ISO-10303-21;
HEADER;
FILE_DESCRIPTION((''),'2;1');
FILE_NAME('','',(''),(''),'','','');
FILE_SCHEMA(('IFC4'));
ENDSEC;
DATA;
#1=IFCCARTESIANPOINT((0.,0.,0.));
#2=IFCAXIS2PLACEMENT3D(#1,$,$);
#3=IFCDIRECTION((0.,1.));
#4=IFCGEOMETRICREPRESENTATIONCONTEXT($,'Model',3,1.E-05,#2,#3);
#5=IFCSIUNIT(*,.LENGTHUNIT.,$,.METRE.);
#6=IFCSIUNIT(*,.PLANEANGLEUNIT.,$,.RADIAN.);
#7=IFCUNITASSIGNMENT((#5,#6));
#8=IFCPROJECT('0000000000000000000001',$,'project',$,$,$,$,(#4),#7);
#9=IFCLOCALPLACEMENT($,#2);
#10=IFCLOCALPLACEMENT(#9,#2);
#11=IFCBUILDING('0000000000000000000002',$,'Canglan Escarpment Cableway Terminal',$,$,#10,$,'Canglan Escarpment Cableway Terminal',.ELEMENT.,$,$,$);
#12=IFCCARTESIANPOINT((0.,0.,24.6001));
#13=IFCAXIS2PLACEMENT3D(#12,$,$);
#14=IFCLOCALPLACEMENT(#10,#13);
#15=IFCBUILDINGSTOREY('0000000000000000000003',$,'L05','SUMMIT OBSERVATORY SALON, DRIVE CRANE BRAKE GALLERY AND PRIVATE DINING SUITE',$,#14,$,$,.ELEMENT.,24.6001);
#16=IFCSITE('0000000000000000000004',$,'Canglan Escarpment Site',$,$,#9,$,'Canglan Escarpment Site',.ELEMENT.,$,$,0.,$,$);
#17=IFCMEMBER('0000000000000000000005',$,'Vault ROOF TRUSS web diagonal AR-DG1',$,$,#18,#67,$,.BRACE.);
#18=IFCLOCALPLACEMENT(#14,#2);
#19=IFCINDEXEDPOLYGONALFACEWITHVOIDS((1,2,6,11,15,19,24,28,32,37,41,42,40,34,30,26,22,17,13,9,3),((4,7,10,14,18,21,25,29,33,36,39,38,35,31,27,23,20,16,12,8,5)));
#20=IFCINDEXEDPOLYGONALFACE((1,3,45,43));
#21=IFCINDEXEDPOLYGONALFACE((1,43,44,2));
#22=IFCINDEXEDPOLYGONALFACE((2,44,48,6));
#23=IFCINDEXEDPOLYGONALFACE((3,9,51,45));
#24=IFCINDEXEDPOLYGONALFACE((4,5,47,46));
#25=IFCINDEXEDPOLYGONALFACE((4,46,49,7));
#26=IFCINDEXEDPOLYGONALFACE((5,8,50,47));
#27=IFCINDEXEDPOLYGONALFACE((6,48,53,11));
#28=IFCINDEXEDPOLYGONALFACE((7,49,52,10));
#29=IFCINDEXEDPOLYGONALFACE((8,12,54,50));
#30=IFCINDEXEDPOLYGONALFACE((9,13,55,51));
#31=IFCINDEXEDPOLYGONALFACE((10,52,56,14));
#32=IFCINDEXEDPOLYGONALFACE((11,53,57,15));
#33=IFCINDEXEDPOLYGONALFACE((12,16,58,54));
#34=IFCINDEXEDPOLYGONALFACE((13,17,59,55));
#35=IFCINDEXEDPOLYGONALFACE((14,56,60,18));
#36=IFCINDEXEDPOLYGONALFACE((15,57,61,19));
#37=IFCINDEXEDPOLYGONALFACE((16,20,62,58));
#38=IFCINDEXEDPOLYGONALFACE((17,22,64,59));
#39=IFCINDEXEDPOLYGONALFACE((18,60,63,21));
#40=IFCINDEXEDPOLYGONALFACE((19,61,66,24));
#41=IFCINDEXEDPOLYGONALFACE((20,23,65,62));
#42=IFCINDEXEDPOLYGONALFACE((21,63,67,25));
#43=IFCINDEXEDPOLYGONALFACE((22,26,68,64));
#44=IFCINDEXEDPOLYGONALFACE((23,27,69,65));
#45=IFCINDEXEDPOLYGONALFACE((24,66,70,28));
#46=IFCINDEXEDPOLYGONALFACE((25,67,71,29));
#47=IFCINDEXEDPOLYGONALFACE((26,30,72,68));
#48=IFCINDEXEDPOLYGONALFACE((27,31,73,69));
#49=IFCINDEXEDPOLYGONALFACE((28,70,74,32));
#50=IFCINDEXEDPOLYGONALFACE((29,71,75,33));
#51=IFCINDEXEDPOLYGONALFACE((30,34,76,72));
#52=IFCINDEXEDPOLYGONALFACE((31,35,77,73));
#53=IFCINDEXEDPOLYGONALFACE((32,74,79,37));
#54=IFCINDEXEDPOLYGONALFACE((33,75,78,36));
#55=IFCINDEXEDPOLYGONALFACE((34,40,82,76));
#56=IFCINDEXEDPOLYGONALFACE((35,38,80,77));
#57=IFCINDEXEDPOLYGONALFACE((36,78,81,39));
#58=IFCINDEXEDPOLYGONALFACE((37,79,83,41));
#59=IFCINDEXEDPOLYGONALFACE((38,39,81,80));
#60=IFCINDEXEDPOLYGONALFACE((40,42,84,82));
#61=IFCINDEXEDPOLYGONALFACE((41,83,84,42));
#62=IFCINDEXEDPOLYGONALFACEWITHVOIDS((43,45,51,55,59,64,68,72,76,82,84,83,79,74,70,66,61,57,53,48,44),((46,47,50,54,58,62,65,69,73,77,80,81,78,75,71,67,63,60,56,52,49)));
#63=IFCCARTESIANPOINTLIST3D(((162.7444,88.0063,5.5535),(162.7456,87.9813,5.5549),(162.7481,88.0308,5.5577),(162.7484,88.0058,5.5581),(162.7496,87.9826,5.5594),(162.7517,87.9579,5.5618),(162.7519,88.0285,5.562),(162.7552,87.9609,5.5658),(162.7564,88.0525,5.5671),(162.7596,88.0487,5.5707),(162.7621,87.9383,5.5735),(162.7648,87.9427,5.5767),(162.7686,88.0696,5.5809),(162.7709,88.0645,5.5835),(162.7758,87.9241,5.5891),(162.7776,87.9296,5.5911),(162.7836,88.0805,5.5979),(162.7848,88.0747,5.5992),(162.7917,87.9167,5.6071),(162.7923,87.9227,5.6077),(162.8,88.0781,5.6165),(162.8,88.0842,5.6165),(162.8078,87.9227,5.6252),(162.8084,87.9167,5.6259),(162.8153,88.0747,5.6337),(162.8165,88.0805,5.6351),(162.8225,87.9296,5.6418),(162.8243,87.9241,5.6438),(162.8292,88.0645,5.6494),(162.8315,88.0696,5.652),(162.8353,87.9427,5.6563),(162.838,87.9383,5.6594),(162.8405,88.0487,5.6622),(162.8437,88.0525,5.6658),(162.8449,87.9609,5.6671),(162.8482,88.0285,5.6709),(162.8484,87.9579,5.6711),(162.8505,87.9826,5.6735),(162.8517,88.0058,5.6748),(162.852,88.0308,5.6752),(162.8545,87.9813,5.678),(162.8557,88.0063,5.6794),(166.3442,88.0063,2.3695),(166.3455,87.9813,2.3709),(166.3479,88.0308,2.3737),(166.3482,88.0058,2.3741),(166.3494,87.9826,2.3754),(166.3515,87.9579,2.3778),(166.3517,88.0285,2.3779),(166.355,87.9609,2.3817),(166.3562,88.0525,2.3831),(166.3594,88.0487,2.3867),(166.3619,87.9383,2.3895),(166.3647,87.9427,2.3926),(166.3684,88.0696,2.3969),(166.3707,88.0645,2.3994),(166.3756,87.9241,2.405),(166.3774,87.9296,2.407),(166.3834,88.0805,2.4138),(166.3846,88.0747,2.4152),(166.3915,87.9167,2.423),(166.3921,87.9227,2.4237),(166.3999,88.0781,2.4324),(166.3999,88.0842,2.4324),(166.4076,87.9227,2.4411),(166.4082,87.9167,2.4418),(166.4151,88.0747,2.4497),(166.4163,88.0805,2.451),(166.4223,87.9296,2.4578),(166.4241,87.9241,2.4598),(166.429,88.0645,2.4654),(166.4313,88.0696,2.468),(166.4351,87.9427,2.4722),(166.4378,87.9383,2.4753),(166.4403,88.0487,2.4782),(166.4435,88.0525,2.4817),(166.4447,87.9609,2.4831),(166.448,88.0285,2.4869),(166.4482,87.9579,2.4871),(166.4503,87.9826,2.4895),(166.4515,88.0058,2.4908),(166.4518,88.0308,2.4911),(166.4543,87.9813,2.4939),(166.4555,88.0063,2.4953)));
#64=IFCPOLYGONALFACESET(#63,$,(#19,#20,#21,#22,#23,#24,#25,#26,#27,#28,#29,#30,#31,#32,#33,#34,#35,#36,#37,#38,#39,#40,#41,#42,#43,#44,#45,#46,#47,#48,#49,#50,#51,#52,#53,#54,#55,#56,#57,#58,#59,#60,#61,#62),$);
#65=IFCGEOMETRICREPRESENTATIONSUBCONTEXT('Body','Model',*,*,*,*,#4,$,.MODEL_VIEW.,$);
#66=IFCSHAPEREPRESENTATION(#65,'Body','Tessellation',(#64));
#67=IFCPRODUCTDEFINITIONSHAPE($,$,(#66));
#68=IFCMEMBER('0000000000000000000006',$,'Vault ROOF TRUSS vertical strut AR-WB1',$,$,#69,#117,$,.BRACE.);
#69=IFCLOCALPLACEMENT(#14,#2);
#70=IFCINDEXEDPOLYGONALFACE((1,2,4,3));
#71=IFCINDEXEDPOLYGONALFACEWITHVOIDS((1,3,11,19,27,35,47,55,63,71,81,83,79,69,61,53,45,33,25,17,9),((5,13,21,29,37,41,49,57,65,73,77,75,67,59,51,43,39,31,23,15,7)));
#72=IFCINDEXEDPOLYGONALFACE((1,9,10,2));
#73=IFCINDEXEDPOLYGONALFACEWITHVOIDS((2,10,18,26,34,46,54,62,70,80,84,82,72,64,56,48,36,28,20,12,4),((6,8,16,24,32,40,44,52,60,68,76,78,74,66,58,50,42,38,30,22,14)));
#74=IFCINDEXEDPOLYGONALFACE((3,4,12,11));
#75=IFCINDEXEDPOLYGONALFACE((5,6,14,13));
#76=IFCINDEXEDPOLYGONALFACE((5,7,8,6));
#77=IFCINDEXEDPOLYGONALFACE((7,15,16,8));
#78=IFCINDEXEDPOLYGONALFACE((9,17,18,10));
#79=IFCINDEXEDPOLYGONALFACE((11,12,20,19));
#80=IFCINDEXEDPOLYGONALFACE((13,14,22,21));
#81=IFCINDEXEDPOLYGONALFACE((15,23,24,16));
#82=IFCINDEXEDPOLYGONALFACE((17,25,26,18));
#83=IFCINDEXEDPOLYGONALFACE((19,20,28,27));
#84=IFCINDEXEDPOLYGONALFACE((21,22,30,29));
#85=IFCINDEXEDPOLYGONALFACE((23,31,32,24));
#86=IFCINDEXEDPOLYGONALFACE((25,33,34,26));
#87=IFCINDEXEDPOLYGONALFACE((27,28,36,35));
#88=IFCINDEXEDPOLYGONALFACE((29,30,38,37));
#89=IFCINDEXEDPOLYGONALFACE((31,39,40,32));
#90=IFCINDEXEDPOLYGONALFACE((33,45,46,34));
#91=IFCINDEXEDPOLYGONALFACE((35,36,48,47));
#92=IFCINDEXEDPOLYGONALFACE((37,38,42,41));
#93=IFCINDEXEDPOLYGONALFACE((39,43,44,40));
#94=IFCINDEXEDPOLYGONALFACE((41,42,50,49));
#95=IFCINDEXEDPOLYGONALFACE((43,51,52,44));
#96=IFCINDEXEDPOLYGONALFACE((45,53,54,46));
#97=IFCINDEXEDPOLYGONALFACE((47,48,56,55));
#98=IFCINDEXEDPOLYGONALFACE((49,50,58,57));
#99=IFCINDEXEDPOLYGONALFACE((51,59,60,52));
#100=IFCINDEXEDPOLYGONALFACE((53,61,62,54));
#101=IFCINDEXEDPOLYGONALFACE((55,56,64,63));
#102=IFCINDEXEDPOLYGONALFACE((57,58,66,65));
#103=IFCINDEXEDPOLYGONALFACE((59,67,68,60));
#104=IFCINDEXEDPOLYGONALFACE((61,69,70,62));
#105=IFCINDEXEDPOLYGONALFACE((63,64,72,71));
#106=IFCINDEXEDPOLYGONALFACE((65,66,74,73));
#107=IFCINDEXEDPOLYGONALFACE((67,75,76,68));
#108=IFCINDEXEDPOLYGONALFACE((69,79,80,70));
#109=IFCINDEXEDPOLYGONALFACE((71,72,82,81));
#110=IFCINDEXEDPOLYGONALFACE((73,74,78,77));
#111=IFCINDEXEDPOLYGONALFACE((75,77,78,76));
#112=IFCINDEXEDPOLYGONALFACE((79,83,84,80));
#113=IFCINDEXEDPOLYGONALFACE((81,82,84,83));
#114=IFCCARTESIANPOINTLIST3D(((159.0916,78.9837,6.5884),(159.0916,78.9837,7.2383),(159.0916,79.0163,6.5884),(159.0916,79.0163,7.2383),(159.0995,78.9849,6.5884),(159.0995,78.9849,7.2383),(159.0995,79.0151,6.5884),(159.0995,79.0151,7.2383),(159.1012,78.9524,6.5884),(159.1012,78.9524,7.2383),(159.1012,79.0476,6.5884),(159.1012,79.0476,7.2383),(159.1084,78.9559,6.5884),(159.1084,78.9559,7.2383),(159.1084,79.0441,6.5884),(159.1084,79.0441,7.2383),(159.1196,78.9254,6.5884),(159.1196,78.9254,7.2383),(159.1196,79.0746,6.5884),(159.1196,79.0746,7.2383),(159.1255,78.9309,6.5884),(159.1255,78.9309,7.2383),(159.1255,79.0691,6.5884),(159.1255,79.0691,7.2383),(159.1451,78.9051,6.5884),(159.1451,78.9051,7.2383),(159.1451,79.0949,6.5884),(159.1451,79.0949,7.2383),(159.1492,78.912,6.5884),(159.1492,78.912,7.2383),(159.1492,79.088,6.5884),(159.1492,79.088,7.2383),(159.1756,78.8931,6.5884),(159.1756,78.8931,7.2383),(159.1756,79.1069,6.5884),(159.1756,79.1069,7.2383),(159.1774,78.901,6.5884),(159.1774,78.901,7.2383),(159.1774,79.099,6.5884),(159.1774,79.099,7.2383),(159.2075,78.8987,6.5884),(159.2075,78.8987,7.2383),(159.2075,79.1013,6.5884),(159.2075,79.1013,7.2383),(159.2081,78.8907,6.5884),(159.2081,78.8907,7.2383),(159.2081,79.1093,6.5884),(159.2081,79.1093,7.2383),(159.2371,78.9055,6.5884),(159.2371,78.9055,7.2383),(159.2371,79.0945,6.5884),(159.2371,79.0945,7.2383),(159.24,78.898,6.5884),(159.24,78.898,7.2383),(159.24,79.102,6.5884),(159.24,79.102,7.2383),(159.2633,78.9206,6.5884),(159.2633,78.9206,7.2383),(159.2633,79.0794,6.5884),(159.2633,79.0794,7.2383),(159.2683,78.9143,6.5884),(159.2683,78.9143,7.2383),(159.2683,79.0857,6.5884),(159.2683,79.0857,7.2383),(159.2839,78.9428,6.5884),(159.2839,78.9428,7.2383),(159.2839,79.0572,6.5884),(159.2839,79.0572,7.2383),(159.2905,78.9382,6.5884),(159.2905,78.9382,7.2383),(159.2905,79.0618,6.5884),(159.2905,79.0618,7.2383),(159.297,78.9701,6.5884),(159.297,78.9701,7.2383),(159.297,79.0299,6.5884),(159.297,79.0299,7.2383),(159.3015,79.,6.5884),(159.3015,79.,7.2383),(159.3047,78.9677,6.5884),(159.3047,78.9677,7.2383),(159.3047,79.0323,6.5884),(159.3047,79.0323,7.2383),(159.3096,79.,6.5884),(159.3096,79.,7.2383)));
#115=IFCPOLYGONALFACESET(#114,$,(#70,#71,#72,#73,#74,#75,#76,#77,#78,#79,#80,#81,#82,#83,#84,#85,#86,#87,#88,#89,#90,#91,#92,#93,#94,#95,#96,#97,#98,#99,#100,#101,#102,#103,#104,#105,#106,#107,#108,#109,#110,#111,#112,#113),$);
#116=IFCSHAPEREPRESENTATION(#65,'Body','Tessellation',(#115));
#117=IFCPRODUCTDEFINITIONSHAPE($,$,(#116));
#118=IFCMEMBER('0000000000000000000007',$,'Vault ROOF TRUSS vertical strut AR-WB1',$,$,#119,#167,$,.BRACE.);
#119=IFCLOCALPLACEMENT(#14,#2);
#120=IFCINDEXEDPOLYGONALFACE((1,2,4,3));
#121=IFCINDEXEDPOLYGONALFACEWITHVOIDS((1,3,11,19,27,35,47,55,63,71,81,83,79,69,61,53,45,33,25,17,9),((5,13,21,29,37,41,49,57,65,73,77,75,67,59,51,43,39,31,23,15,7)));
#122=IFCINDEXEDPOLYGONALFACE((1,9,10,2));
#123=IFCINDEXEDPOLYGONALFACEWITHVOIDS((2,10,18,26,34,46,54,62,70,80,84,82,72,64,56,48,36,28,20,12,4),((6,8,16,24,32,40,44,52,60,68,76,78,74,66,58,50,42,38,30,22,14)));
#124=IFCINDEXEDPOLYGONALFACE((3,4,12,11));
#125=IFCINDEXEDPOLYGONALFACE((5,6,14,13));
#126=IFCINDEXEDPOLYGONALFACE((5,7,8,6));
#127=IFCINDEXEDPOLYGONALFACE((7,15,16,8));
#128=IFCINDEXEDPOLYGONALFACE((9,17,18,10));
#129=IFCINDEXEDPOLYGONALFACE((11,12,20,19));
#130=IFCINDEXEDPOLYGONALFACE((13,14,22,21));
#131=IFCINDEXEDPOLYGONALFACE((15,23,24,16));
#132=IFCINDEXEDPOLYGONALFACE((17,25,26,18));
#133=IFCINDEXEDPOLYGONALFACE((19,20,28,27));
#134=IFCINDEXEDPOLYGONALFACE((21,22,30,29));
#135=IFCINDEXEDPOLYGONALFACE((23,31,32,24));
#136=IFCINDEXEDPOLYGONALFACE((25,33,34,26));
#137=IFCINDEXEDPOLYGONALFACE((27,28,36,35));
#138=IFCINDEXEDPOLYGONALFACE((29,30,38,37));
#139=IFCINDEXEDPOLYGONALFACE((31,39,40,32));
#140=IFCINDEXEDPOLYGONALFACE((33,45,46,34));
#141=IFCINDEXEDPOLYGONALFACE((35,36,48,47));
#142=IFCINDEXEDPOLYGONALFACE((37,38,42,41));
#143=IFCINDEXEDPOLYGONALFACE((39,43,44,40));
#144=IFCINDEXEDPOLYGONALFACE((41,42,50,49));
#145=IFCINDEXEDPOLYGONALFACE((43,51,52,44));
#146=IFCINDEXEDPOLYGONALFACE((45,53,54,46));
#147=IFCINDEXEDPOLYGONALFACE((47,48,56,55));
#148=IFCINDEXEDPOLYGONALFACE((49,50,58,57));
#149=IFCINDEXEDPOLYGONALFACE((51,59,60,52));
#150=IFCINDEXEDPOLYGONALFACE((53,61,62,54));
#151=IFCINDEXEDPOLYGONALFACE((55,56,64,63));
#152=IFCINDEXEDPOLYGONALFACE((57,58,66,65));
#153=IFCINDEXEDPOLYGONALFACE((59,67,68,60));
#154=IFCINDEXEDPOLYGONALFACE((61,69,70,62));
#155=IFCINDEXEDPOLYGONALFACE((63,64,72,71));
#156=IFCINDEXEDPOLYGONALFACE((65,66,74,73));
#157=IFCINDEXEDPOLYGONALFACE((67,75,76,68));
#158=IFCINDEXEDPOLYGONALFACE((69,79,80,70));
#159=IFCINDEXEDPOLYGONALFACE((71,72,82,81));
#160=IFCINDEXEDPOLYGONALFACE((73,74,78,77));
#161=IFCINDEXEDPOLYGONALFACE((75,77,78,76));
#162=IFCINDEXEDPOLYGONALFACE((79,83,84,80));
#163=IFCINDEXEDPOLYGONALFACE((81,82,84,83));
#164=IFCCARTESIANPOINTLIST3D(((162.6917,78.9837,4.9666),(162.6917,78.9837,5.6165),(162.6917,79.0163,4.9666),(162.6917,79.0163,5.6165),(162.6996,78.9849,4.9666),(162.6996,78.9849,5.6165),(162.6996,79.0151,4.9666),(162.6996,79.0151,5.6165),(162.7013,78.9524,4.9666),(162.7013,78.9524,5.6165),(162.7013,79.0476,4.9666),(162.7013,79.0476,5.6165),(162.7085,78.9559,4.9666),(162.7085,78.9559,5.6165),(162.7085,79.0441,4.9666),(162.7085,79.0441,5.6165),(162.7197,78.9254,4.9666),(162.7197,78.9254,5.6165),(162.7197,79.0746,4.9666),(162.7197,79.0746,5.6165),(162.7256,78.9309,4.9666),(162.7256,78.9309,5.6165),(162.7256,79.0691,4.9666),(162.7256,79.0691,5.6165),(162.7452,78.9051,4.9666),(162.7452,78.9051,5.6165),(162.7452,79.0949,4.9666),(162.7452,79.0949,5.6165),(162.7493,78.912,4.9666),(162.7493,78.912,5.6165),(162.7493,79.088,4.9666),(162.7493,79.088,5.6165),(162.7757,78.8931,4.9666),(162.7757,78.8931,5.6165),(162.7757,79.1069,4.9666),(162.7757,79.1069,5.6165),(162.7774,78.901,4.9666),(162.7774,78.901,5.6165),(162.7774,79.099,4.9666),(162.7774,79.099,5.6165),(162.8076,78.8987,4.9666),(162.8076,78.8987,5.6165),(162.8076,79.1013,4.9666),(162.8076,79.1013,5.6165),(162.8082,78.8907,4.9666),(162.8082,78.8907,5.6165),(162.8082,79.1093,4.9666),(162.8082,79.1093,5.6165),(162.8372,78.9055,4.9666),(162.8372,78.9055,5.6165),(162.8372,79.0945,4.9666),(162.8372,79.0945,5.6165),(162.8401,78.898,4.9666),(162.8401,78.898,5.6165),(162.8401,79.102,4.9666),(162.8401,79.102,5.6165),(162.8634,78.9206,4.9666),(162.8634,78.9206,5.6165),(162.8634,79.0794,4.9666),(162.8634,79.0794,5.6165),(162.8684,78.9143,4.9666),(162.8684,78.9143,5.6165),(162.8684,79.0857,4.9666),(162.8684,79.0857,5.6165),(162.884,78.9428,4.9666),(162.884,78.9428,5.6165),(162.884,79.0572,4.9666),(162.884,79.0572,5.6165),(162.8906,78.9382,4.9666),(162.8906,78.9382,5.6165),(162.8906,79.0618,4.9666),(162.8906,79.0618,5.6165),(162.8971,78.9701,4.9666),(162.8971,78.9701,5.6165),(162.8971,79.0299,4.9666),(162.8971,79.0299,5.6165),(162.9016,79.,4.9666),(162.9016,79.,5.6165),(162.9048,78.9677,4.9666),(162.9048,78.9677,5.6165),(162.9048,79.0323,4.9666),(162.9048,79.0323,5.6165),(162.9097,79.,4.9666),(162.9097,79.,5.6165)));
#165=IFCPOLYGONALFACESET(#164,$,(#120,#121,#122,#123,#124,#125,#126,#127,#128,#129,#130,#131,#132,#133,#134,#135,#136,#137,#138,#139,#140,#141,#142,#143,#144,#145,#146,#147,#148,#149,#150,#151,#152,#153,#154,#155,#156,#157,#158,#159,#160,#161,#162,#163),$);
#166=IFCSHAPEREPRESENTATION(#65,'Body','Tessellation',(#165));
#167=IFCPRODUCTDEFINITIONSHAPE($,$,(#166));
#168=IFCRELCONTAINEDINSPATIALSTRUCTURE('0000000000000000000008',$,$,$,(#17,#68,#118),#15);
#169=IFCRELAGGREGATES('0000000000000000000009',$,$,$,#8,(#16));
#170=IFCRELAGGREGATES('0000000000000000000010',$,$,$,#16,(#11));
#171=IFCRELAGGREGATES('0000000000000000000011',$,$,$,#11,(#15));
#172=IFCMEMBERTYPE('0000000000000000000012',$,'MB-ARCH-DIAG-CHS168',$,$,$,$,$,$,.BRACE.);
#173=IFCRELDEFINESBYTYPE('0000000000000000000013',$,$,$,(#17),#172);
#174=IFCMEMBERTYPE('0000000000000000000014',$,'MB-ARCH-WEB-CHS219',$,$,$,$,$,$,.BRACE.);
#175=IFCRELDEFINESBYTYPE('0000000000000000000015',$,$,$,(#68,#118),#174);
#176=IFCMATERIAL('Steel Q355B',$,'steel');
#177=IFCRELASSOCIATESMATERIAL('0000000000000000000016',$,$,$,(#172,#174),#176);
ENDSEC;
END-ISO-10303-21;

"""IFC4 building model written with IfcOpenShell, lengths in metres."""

from ifc_helpers import new_model, si_unit, direction, frame, origin, origin_2d, place, context, subcontext, project, spatial, hollow_circle, extrude, material, material_profile, profile_set, type_object, element, save


model = new_model("IFC4")

# Units and contexts
model_context = context("Model", 3, precision=1e-05, world=origin(), true_north=direction((0.0, 1.0)))
body_context = subcontext(model_context, "Body", "Model", "MODEL_VIEW")
ifc_project = project(units=[si_unit("LENGTHUNIT", "METRE"), si_unit("PLANEANGLEUNIT", "RADIAN")], contexts=[model_context])

# Site, building, storey
site_placement = place(None, origin())
site = spatial("IfcSite", under=ifc_project, at=site_placement, Name="Canglan Escarpment Site", LongName="Canglan Escarpment Site", CompositionType="ELEMENT", RefElevation=0.0)
building_placement = place(site_placement, origin())
building = spatial("IfcBuilding", under=site, at=building_placement, Name="Canglan Escarpment Cableway Terminal", LongName="Canglan Escarpment Cableway Terminal", CompositionType="ELEMENT")
storey_placement = place(building_placement, frame((0.0, 0.0, 24.6001)))
storey = spatial("IfcBuildingStorey", under=building, at=storey_placement, Name="L05", Description="SUMMIT OBSERVATORY SALON, DRIVE CRANE BRAKE GALLERY AND PRIVATE DINING SUITE", CompositionType="ELEMENT", Elevation=24.6001)

# Shared definitions
ifc_material = material(Name="Steel Q355B", Category="steel")

# Members
ifc_material_profile_1 = material_profile(ifc_material, hollow_circle(Radius=0.0842, WallThickness=0.0061, at=origin_2d()), Name="CHS 168.3x6")
ifc_profile_set_1 = profile_set([ifc_material_profile_1], Name="Steel Q355B")
member_type_1 = type_object("IfcMemberType", Name="MB-ARCH-DIAG-CHS168", PredefinedType="BRACE", material=ifc_profile_set_1)
member_1_placement = place(storey_placement, frame((162.8, 88.0, 5.6165), z_axis=(0.749038, 0.0, -0.662527), x_axis=(0.0, 1.0, 0.0)))
element("IfcMember", 1, at=member_1_placement, inside=storey, type_object=member_type_1, Name="Vault ROOF TRUSS web diagonal AR-DG1", PredefinedType="BRACE", context=body_context, shape_type="SweptSolid", body=[
    extrude(hollow_circle(Radius=0.0842, WallThickness=0.0061, at=origin_2d()), origin(), (0.0, 0.0, 1.0), 4.8059),
])
ifc_material_profile_2 = material_profile(ifc_material, hollow_circle(Radius=0.1096, WallThickness=0.0081, at=origin_2d()), Name="CHS 219.1x8")
ifc_profile_set_2 = profile_set([ifc_material_profile_2], Name="Steel Q355B")
member_type_2 = type_object("IfcMemberType", Name="MB-ARCH-WEB-CHS219", PredefinedType="BRACE", material=ifc_profile_set_2)
for number, where, z_axis, x_axis, name in (
    (2, (159.2, 79.0, 6.5884), (0.0, 0.0, 1.0), (1.0, 0.0, 0.0), "Vault ROOF TRUSS vertical strut AR-WB1"),
    (3, (162.8, 79.0, 4.9666), (0.0, 0.0, 1.0), (1.0, 0.0, 0.0), "Vault ROOF TRUSS vertical strut AR-WB1"),
):
    element("IfcMember", number, at=place(storey_placement, frame(where, z_axis=z_axis, x_axis=x_axis)), inside=storey, type_object=member_type_2, Name=name, PredefinedType="BRACE", context=body_context, shape_type="SweptSolid", body=[
        extrude(hollow_circle(Radius=0.1096, WallThickness=0.0081, at=origin_2d()), origin(), (0.0, 0.0, 1.0), 0.6499),
    ])

save(model, "model.ifc")
